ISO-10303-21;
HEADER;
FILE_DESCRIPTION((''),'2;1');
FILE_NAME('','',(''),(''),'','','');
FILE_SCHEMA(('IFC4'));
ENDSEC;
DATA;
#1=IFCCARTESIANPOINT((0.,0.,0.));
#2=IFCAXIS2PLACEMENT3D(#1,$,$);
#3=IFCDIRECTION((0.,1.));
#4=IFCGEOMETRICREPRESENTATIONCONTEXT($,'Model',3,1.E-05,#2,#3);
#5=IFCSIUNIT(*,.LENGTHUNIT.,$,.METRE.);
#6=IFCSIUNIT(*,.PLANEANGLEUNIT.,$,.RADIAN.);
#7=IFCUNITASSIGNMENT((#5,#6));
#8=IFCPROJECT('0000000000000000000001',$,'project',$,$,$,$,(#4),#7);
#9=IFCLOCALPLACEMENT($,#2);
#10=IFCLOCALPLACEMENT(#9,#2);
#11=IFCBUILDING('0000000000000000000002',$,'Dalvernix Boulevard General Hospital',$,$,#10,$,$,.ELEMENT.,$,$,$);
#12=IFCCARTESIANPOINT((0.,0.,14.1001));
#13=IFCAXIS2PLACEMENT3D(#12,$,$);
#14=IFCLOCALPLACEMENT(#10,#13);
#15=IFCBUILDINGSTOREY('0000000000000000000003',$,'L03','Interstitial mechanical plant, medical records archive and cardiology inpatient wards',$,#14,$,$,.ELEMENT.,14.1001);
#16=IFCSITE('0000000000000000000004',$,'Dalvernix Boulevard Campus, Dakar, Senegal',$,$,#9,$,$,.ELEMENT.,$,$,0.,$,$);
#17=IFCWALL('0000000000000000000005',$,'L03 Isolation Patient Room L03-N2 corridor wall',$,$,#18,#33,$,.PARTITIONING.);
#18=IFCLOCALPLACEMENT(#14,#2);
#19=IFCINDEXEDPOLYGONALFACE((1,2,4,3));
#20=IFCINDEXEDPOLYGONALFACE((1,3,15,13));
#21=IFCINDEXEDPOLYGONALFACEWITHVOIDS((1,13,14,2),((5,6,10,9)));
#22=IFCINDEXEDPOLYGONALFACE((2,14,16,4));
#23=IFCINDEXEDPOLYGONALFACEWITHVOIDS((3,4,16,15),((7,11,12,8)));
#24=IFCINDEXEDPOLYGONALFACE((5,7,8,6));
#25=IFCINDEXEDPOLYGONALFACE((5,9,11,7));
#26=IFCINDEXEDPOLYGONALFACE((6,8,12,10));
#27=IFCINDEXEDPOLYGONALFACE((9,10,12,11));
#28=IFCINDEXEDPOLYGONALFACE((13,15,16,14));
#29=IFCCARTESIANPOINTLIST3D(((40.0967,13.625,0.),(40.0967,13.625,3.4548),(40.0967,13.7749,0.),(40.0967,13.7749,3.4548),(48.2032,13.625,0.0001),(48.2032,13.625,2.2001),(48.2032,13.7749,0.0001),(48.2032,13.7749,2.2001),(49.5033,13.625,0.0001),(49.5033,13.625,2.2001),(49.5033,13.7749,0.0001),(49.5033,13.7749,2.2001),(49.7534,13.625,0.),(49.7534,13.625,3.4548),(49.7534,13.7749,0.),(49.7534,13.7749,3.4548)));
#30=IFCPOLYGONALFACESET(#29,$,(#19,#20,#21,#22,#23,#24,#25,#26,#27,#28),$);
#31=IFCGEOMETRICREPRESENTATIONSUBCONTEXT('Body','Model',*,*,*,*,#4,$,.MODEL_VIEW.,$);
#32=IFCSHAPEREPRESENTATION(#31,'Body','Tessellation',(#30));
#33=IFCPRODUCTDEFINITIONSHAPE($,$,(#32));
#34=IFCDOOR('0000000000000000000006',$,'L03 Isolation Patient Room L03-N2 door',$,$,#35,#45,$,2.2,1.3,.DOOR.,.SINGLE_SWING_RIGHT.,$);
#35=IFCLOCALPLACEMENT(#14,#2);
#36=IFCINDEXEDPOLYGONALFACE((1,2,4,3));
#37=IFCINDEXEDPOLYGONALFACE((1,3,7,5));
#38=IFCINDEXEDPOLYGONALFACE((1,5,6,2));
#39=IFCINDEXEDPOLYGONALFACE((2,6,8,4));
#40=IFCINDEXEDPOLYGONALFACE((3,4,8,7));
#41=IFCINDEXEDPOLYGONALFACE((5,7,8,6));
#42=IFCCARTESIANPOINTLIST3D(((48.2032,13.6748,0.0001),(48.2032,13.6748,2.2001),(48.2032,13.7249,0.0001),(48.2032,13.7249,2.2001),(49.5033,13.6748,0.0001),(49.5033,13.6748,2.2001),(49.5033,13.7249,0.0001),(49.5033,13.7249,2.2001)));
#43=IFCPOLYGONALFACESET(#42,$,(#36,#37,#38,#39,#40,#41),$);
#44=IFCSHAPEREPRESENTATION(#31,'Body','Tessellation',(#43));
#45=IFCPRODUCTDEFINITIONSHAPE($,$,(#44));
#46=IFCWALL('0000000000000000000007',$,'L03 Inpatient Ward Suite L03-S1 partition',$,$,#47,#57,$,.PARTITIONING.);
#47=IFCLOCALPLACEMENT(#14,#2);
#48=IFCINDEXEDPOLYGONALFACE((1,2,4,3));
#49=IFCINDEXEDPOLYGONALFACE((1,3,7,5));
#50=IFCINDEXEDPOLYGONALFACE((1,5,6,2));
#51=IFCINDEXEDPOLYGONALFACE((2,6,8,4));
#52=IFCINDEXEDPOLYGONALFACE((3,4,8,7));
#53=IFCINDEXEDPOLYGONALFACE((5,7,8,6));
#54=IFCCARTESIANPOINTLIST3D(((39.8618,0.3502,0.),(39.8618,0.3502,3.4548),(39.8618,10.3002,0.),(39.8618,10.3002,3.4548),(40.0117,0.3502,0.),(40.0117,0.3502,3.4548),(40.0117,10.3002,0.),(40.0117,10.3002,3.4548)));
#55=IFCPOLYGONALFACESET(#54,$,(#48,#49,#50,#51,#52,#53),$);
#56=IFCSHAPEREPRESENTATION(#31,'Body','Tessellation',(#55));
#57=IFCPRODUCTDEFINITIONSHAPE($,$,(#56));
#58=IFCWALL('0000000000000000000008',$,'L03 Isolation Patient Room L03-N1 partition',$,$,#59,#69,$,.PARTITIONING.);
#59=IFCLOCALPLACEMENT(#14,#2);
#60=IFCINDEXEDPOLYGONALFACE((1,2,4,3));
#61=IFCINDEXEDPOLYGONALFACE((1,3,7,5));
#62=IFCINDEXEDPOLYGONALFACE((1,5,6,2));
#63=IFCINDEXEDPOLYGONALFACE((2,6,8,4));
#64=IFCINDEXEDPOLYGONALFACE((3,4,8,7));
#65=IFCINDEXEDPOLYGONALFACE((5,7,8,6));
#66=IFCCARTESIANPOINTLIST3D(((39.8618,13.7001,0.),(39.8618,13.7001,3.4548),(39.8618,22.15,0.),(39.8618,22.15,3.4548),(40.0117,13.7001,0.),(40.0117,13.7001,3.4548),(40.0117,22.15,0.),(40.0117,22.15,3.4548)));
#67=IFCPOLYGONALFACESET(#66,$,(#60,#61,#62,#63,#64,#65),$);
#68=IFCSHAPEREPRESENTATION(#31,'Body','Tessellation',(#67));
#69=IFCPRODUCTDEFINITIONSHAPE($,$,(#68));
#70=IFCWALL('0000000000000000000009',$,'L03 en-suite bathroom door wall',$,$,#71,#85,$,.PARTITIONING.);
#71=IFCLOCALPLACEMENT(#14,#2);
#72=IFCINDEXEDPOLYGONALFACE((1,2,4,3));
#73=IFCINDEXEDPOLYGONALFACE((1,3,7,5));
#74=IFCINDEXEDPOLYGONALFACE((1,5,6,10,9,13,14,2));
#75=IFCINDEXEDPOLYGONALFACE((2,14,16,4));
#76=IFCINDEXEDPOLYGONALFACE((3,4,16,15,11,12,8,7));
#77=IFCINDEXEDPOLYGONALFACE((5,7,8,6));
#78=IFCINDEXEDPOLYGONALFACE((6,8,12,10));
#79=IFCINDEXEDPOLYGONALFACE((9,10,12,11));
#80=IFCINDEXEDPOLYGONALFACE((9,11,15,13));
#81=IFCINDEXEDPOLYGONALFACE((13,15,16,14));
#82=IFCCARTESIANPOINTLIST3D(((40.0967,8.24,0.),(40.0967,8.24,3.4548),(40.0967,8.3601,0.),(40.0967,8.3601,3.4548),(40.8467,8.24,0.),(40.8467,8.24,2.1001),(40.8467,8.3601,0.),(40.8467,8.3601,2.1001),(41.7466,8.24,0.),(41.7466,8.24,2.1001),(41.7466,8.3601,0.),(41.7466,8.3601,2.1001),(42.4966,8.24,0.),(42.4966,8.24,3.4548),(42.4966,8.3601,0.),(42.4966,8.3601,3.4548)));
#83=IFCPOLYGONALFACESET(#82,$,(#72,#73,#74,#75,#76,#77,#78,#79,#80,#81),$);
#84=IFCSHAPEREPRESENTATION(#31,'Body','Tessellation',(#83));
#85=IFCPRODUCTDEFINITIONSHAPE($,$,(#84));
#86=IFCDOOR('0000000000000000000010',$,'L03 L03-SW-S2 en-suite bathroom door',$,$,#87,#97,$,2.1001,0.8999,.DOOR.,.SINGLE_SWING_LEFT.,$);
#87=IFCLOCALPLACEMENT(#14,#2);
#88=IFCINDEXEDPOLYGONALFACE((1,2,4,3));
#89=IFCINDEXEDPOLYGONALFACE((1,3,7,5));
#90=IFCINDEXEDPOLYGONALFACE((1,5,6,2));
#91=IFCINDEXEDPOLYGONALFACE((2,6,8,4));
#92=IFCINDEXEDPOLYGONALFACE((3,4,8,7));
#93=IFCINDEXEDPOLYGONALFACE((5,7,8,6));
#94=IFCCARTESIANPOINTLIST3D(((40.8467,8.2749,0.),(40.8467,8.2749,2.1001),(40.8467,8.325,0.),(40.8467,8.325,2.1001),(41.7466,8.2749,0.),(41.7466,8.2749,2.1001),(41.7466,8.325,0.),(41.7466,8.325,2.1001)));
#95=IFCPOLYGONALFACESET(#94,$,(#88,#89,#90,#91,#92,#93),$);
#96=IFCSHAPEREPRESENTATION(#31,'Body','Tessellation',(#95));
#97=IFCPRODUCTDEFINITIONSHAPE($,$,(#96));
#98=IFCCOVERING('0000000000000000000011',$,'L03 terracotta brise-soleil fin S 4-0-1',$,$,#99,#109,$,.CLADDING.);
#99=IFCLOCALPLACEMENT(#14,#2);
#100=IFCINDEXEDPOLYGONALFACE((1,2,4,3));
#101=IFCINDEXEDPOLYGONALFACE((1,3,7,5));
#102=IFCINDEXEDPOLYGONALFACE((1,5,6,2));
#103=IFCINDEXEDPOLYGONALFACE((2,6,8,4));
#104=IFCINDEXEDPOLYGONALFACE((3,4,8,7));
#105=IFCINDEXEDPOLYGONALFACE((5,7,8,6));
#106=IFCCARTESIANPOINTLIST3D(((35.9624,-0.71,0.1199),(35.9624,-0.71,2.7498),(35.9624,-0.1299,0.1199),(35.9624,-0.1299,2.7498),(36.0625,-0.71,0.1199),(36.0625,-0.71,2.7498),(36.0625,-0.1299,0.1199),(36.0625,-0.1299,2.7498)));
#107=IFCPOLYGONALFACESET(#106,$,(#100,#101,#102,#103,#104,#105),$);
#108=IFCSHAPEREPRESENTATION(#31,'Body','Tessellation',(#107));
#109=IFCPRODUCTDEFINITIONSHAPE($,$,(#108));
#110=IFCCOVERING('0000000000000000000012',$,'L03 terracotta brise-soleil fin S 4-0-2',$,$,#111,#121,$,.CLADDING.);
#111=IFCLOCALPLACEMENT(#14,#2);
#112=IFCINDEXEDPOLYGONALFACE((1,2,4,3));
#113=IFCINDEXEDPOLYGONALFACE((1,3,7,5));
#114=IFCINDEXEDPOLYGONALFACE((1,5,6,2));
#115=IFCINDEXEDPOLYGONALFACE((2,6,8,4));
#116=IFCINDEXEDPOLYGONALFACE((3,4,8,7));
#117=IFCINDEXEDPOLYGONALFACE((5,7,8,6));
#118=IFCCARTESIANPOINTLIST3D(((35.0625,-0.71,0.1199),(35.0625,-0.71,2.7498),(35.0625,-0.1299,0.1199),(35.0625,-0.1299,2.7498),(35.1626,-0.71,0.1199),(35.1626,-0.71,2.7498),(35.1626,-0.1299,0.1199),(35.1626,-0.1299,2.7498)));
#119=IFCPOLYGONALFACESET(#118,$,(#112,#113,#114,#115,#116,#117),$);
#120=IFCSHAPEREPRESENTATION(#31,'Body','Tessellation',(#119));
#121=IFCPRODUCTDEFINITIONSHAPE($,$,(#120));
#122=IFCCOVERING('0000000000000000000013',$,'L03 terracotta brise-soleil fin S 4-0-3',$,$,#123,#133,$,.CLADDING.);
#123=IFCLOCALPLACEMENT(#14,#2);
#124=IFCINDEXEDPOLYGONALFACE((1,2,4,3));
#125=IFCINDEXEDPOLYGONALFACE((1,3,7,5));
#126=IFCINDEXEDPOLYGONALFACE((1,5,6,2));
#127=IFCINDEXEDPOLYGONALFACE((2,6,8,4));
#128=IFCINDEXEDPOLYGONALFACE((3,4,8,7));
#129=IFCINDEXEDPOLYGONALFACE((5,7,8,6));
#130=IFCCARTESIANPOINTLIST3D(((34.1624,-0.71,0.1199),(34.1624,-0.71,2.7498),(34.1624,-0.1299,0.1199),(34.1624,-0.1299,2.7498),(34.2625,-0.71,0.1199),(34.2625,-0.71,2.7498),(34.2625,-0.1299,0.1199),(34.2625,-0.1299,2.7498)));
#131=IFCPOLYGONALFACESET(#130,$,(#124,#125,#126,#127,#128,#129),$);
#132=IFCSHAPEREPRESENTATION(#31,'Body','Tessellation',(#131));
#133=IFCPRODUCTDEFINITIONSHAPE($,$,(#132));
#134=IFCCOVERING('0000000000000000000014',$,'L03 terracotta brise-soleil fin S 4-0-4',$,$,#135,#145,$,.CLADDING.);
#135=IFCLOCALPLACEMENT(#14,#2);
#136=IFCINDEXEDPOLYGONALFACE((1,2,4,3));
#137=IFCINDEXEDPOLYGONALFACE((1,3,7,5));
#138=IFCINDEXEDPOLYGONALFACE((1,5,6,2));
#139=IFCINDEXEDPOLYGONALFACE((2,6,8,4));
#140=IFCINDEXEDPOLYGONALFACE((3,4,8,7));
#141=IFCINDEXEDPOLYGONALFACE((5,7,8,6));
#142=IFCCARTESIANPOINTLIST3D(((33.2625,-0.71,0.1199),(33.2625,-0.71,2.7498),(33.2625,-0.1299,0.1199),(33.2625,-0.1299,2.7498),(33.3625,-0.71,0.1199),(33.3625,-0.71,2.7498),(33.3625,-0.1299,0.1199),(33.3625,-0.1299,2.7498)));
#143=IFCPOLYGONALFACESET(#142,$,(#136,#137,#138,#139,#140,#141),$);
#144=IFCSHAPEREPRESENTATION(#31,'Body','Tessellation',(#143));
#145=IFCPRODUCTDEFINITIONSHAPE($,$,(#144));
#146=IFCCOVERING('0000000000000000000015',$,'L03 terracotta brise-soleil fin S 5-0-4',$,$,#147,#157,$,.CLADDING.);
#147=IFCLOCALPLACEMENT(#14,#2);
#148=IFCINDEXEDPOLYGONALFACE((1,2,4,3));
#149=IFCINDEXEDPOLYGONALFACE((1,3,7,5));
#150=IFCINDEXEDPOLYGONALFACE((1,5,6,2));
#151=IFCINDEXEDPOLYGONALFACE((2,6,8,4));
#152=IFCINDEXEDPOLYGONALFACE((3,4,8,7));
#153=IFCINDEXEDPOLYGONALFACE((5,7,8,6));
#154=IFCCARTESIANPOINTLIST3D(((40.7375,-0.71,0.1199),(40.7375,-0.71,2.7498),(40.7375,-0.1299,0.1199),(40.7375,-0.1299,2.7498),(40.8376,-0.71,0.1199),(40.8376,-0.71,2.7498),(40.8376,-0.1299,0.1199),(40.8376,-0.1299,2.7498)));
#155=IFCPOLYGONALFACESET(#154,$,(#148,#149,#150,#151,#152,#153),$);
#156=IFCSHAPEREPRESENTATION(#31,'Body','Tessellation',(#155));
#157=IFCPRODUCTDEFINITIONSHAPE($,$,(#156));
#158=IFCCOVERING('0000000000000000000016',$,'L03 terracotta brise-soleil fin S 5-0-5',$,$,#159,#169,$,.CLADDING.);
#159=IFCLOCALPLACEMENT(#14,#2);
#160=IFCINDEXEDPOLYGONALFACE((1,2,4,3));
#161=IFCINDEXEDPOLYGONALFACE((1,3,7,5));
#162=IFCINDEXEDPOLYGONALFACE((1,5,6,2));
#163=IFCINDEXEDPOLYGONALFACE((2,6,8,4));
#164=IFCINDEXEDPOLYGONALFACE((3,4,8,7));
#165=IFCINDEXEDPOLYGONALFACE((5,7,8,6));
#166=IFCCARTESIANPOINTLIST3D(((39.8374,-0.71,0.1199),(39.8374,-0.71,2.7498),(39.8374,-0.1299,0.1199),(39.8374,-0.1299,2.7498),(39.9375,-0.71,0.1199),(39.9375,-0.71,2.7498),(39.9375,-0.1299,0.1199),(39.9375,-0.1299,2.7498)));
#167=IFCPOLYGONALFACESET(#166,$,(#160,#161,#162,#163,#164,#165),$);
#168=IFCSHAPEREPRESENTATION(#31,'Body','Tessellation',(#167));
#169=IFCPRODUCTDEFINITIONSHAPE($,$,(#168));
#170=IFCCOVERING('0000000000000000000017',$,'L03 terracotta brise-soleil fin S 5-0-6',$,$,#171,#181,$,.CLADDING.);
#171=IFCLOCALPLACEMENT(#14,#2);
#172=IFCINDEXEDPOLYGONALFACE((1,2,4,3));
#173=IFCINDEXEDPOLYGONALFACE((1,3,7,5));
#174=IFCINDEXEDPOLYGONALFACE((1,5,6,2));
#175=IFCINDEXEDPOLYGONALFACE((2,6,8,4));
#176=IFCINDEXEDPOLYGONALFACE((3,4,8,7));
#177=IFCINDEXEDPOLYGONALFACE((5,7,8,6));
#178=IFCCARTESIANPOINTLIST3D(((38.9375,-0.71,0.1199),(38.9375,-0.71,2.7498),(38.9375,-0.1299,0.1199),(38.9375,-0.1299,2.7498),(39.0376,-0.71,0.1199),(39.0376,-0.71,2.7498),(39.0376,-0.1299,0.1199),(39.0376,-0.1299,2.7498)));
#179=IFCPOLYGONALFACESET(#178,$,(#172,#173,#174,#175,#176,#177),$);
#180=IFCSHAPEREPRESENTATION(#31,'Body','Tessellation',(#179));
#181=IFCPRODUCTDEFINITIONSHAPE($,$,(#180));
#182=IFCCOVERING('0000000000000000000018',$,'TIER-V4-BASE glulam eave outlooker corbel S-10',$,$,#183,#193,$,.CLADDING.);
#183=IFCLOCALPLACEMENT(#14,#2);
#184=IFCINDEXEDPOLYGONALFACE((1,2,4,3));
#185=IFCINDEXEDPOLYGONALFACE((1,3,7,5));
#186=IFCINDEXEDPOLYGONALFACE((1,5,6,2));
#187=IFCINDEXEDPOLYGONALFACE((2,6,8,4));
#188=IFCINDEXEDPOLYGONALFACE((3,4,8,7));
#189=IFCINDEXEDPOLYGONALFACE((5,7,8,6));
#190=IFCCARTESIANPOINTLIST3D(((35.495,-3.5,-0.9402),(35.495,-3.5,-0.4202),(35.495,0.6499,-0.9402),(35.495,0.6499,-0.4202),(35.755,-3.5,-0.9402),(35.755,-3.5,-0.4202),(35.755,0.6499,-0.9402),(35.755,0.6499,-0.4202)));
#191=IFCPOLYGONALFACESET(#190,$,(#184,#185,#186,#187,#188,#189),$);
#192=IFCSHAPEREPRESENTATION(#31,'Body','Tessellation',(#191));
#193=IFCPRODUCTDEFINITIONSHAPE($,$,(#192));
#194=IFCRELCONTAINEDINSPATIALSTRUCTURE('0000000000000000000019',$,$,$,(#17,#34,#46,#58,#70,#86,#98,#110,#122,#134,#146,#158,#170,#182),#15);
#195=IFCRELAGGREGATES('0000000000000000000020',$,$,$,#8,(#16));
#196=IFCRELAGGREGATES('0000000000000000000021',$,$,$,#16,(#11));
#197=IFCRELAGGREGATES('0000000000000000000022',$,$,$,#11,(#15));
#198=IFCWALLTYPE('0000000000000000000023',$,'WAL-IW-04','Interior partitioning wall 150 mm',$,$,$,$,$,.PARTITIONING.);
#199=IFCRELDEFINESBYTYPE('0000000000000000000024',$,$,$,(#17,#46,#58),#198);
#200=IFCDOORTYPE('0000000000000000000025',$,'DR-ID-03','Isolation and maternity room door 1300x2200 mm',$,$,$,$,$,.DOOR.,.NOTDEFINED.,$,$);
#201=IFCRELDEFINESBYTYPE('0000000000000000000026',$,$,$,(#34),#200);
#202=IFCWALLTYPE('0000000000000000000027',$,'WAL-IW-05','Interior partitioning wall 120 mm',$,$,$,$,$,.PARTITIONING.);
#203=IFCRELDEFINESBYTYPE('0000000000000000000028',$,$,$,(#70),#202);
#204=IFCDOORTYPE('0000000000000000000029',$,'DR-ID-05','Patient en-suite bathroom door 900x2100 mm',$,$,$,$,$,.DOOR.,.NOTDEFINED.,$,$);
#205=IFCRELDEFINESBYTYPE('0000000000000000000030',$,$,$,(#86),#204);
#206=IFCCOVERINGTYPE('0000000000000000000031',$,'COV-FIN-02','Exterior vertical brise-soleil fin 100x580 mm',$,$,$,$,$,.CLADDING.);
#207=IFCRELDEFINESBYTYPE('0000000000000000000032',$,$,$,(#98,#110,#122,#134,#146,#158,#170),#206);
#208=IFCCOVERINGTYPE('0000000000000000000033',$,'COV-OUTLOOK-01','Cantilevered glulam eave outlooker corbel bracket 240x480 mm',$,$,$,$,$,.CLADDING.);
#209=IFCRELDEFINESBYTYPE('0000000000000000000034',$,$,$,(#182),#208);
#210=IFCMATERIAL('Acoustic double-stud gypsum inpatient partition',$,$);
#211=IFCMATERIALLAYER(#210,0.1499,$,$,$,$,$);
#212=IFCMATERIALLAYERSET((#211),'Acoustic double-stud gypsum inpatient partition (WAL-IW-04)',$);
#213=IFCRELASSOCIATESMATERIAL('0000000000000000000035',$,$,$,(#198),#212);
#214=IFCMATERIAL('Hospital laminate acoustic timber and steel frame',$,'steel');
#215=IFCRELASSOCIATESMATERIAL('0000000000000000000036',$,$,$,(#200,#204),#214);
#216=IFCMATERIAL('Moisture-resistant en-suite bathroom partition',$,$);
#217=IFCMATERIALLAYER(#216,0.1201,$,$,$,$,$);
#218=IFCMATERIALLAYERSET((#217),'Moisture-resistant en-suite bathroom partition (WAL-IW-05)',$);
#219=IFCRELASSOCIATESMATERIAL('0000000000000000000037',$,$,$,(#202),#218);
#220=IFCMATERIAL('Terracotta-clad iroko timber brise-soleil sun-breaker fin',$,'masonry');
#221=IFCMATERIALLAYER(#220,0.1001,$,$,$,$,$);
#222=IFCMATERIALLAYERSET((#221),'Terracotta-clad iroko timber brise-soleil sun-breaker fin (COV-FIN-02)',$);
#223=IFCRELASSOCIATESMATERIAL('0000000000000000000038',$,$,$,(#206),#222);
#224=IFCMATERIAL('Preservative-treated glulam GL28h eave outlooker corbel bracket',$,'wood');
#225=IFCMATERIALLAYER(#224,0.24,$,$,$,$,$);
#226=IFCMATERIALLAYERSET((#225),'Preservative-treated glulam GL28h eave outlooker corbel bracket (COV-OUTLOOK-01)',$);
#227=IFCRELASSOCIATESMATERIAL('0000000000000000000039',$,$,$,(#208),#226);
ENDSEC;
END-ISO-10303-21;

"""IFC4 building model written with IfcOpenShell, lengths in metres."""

from ifc_helpers import new_model, si_unit, direction, frame, frame_2d, origin, origin_2d, place, context, subcontext, project, spatial, rectangle, extrude, material, layer, layer_set, type_object, element, fill, save


model = new_model("IFC4")

# Units and contexts
model_context = context("Model", 3, precision=1e-05, world=origin(), true_north=direction((0.0, 1.0)))
body_context = subcontext(model_context, "Body", "Model", "MODEL_VIEW")
ifc_project = project(units=[si_unit("LENGTHUNIT", "METRE"), si_unit("PLANEANGLEUNIT", "RADIAN")], contexts=[model_context])

# Site, building, storey
site_placement = place(None, origin())
site = spatial("IfcSite", under=ifc_project, at=site_placement, Name="Dalvernix Boulevard Campus, Dakar, Senegal", CompositionType="ELEMENT", RefElevation=0.0)
building_placement = place(site_placement, origin())
building = spatial("IfcBuilding", under=site, at=building_placement, Name="Dalvernix Boulevard General Hospital", CompositionType="ELEMENT")
storey_placement = place(building_placement, frame((0.0, 0.0, 14.1001)))
storey = spatial("IfcBuildingStorey", under=building, at=storey_placement, Name="L03", Description="Interstitial mechanical plant, medical records archive and cardiology inpatient wards", CompositionType="ELEMENT", Elevation=14.1001)

# Wall, opening, door
ifc_material_1 = material(Name="Acoustic double-stud gypsum inpatient partition")
ifc_layer_1 = layer(ifc_material_1, 0.1499)
ifc_layer_set_1 = layer_set([ifc_layer_1], Name="Acoustic double-stud gypsum inpatient partition (WAL-IW-04)")
wall_type_1 = type_object("IfcWallType", Name="WAL-IW-04", Description="Interior partitioning wall 150 mm", PredefinedType="PARTITIONING", material=ifc_layer_set_1)
ifc_material_2 = material(Name="Hospital laminate acoustic timber and steel frame", Category="steel")
wall_1_placement = place(storey_placement, frame((40.0967, 13.7, 0.0), z_axis=(0.0, 0.0, 1.0), x_axis=(1.0, 0.0, 0.0)))
wall_1 = element("IfcWall", 1, at=wall_1_placement, inside=storey, type_object=wall_type_1, Name="L03 Isolation Patient Room L03-N2 corridor wall", PredefinedType="PARTITIONING", context=body_context, shape_type="SweptSolid", body=[
    extrude(rectangle(XDim=9.6567, YDim=0.1499, at=frame_2d((4.8284, 0.0))), origin(), (0.0, 0.0, 1.0), 3.4548),
])
opening_1_placement = place(wall_1_placement, frame((8.1067, 0.0, 0.0)))
opening_1 = element("IfcOpeningElement", 2, at=opening_1_placement, cuts=wall_1, PredefinedType="OPENING", context=body_context, shape_type="SweptSolid", body=[
    extrude(rectangle(XDim=1.3, YDim=2.2, at=frame_2d((0.6499, 1.1001))), frame((0.0, 0.085, 0.0), z_axis=(0.0, -1.0, 0.0), x_axis=(1.0, 0.0, 0.0)), (0.0, 0.0, 1.0), 0.1699),
])
door_type_1 = type_object("IfcDoorType", Name="DR-ID-03", Description="Isolation and maternity room door 1300x2200 mm", OperationType="NOTDEFINED", PredefinedType="DOOR", material=ifc_material_2)
door_1_placement = place(opening_1_placement, origin())
door_1 = element("IfcDoor", 3, at=door_1_placement, inside=storey, type_object=door_type_1, Name="L03 Isolation Patient Room L03-N2 door", OperationType="SINGLE_SWING_RIGHT", OverallHeight=2.2, OverallWidth=1.3, PredefinedType="DOOR", context=body_context, shape_type="SweptSolid", body=[
    extrude(rectangle(XDim=1.3, YDim=2.2, at=frame_2d((0.6499, 1.1001))), frame((0.0, 0.0249, 0.0), z_axis=(0.0, -1.0, 0.0), x_axis=(1.0, 0.0, 0.0)), (0.0, 0.0, 1.0), 0.05),
])
fill(opening_1, door_1)

# Walls
wall_2_placement = place(storey_placement, frame((39.9368, 0.3501, 0.0), z_axis=(0.0, 0.0, 1.0), x_axis=(0.0, 1.0, 0.0)))
element("IfcWall", 4, at=wall_2_placement, inside=storey, type_object=wall_type_1, Name="L03 Inpatient Ward Suite L03-S1 partition", PredefinedType="PARTITIONING", context=body_context, shape_type="SweptSolid", body=[
    extrude(rectangle(XDim=9.95, YDim=0.1499, at=frame_2d((4.9751, 0.0))), origin(), (0.0, 0.0, 1.0), 3.4548),
])
wall_3_placement = place(storey_placement, frame((39.9368, 13.7, 0.0), z_axis=(0.0, 0.0, 1.0), x_axis=(0.0, 1.0, 0.0)))
element("IfcWall", 5, at=wall_3_placement, inside=storey, type_object=wall_type_1, Name="L03 Isolation Patient Room L03-N1 partition", PredefinedType="PARTITIONING", context=body_context, shape_type="SweptSolid", body=[
    extrude(rectangle(XDim=8.45, YDim=0.1499, at=frame_2d((4.2251, 0.0))), origin(), (0.0, 0.0, 1.0), 3.4548),
])

# Wall, opening, door
ifc_material_3 = material(Name="Moisture-resistant en-suite bathroom partition")
ifc_layer_2 = layer(ifc_material_3, 0.1201)
ifc_layer_set_2 = layer_set([ifc_layer_2], Name="Moisture-resistant en-suite bathroom partition (WAL-IW-05)")
wall_type_2 = type_object("IfcWallType", Name="WAL-IW-05", Description="Interior partitioning wall 120 mm", PredefinedType="PARTITIONING", material=ifc_layer_set_2)
wall_4_placement = place(storey_placement, frame((40.0967, 8.3, 0.0), z_axis=(0.0, 0.0, 1.0), x_axis=(1.0, 0.0, 0.0)))
wall_4 = element("IfcWall", 6, at=wall_4_placement, inside=storey, type_object=wall_type_2, Name="L03 en-suite bathroom door wall", PredefinedType="PARTITIONING", context=body_context, shape_type="SweptSolid", body=[
    extrude(rectangle(XDim=2.3999, YDim=0.1201, at=frame_2d((1.2, 0.0))), origin(), (0.0, 0.0, 1.0), 3.4548),
])
opening_2_placement = place(wall_4_placement, frame((0.75, 0.0, 0.0)))
opening_2 = element("IfcOpeningElement", 7, at=opening_2_placement, cuts=wall_4, PredefinedType="OPENING", context=body_context, shape_type="SweptSolid", body=[
    extrude(rectangle(XDim=0.8999, YDim=2.1001, at=frame_2d((0.45, 1.05))), frame((0.0, 0.0701, 0.0), z_axis=(0.0, -1.0, 0.0), x_axis=(1.0, 0.0, 0.0)), (0.0, 0.0, 1.0), 0.1401),
])
door_type_2 = type_object("IfcDoorType", Name="DR-ID-05", Description="Patient en-suite bathroom door 900x2100 mm", OperationType="NOTDEFINED", PredefinedType="DOOR", material=ifc_material_2)
door_2_placement = place(opening_2_placement, origin())
door_2 = element("IfcDoor", 8, at=door_2_placement, inside=storey, type_object=door_type_2, Name="L03 L03-SW-S2 en-suite bathroom door", OperationType="SINGLE_SWING_LEFT", OverallHeight=2.1001, OverallWidth=0.8999, PredefinedType="DOOR", context=body_context, shape_type="SweptSolid", body=[
    extrude(rectangle(XDim=0.8999, YDim=2.1001, at=frame_2d((0.45, 1.05))), frame((0.0, 0.0249, 0.0), z_axis=(0.0, -1.0, 0.0), x_axis=(1.0, 0.0, 0.0)), (0.0, 0.0, 1.0), 0.05),
])
fill(opening_2, door_2)

# Coverings
ifc_material_4 = material(Name="Terracotta-clad iroko timber brise-soleil sun-breaker fin", Category="masonry")
ifc_layer_3 = layer(ifc_material_4, 0.1001)
ifc_layer_set_3 = layer_set([ifc_layer_3], Name="Terracotta-clad iroko timber brise-soleil sun-breaker fin (COV-FIN-02)")
covering_type_1 = type_object("IfcCoveringType", Name="COV-FIN-02", Description="Exterior vertical brise-soleil fin 100x580 mm", PredefinedType="CLADDING", material=ifc_layer_set_3)
for number, where, z_axis, x_axis, name in (
    (9, (36.0125, -0.4199, 0.1199), (0.0, 0.0, 1.0), (-1.0, 0.0, 0.0), "L03 terracotta brise-soleil fin S 4-0-1"),
    (10, (35.1125, -0.4199, 0.1199), (0.0, 0.0, 1.0), (-1.0, 0.0, 0.0), "L03 terracotta brise-soleil fin S 4-0-2"),
    (11, (34.2124, -0.4199, 0.1199), (0.0, 0.0, 1.0), (-1.0, 0.0, 0.0), "L03 terracotta brise-soleil fin S 4-0-3"),
    (12, (33.3125, -0.4199, 0.1199), (0.0, 0.0, 1.0), (-1.0, 0.0, 0.0), "L03 terracotta brise-soleil fin S 4-0-4"),
    (13, (40.7876, -0.4199, 0.1199), (0.0, 0.0, 1.0), (-1.0, 0.0, 0.0), "L03 terracotta brise-soleil fin S 5-0-4"),
    (14, (39.8875, -0.4199, 0.1199), (0.0, 0.0, 1.0), (-1.0, 0.0, 0.0), "L03 terracotta brise-soleil fin S 5-0-5"),
    (15, (38.9875, -0.4199, 0.1199), (0.0, 0.0, 1.0), (-1.0, 0.0, 0.0), "L03 terracotta brise-soleil fin S 5-0-6"),
):
    element("IfcCovering", number, at=place(storey_placement, frame(where, z_axis=z_axis, x_axis=x_axis)), inside=storey, type_object=covering_type_1, Name=name, PredefinedType="CLADDING", context=body_context, shape_type="SweptSolid", body=[
        extrude(rectangle(XDim=0.1001, YDim=0.5801, at=origin_2d()), origin(), (0.0, 0.0, 1.0), 2.6299),
    ])
ifc_material_5 = material(Name="Preservative-treated glulam GL28h eave outlooker corbel bracket", Category="wood")
ifc_layer_4 = layer(ifc_material_5, 0.24)
ifc_layer_set_4 = layer_set([ifc_layer_4], Name="Preservative-treated glulam GL28h eave outlooker corbel bracket (COV-OUTLOOK-01)")
covering_type_2 = type_object("IfcCoveringType", Name="COV-OUTLOOK-01", Description="Cantilevered glulam eave outlooker corbel bracket 240x480 mm", PredefinedType="CLADDING", material=ifc_layer_set_4)
for number, where, z_axis, x_axis, name in (
    (16, (35.625, -1.425, -0.9402), (0.0, 0.0, 1.0), (1.0, 0.0, 0.0), "TIER-V4-BASE glulam eave outlooker corbel S-10"),
):
    element("IfcCovering", number, at=place(storey_placement, frame(where, z_axis=z_axis, x_axis=x_axis)), inside=storey, type_object=covering_type_2, Name=name, PredefinedType="CLADDING", context=body_context, shape_type="SweptSolid", body=[
        extrude(rectangle(XDim=0.26, YDim=4.1499, at=origin_2d()), origin(), (0.0, 0.0, 1.0), 0.52),
    ])

save(model, "model.ifc")
